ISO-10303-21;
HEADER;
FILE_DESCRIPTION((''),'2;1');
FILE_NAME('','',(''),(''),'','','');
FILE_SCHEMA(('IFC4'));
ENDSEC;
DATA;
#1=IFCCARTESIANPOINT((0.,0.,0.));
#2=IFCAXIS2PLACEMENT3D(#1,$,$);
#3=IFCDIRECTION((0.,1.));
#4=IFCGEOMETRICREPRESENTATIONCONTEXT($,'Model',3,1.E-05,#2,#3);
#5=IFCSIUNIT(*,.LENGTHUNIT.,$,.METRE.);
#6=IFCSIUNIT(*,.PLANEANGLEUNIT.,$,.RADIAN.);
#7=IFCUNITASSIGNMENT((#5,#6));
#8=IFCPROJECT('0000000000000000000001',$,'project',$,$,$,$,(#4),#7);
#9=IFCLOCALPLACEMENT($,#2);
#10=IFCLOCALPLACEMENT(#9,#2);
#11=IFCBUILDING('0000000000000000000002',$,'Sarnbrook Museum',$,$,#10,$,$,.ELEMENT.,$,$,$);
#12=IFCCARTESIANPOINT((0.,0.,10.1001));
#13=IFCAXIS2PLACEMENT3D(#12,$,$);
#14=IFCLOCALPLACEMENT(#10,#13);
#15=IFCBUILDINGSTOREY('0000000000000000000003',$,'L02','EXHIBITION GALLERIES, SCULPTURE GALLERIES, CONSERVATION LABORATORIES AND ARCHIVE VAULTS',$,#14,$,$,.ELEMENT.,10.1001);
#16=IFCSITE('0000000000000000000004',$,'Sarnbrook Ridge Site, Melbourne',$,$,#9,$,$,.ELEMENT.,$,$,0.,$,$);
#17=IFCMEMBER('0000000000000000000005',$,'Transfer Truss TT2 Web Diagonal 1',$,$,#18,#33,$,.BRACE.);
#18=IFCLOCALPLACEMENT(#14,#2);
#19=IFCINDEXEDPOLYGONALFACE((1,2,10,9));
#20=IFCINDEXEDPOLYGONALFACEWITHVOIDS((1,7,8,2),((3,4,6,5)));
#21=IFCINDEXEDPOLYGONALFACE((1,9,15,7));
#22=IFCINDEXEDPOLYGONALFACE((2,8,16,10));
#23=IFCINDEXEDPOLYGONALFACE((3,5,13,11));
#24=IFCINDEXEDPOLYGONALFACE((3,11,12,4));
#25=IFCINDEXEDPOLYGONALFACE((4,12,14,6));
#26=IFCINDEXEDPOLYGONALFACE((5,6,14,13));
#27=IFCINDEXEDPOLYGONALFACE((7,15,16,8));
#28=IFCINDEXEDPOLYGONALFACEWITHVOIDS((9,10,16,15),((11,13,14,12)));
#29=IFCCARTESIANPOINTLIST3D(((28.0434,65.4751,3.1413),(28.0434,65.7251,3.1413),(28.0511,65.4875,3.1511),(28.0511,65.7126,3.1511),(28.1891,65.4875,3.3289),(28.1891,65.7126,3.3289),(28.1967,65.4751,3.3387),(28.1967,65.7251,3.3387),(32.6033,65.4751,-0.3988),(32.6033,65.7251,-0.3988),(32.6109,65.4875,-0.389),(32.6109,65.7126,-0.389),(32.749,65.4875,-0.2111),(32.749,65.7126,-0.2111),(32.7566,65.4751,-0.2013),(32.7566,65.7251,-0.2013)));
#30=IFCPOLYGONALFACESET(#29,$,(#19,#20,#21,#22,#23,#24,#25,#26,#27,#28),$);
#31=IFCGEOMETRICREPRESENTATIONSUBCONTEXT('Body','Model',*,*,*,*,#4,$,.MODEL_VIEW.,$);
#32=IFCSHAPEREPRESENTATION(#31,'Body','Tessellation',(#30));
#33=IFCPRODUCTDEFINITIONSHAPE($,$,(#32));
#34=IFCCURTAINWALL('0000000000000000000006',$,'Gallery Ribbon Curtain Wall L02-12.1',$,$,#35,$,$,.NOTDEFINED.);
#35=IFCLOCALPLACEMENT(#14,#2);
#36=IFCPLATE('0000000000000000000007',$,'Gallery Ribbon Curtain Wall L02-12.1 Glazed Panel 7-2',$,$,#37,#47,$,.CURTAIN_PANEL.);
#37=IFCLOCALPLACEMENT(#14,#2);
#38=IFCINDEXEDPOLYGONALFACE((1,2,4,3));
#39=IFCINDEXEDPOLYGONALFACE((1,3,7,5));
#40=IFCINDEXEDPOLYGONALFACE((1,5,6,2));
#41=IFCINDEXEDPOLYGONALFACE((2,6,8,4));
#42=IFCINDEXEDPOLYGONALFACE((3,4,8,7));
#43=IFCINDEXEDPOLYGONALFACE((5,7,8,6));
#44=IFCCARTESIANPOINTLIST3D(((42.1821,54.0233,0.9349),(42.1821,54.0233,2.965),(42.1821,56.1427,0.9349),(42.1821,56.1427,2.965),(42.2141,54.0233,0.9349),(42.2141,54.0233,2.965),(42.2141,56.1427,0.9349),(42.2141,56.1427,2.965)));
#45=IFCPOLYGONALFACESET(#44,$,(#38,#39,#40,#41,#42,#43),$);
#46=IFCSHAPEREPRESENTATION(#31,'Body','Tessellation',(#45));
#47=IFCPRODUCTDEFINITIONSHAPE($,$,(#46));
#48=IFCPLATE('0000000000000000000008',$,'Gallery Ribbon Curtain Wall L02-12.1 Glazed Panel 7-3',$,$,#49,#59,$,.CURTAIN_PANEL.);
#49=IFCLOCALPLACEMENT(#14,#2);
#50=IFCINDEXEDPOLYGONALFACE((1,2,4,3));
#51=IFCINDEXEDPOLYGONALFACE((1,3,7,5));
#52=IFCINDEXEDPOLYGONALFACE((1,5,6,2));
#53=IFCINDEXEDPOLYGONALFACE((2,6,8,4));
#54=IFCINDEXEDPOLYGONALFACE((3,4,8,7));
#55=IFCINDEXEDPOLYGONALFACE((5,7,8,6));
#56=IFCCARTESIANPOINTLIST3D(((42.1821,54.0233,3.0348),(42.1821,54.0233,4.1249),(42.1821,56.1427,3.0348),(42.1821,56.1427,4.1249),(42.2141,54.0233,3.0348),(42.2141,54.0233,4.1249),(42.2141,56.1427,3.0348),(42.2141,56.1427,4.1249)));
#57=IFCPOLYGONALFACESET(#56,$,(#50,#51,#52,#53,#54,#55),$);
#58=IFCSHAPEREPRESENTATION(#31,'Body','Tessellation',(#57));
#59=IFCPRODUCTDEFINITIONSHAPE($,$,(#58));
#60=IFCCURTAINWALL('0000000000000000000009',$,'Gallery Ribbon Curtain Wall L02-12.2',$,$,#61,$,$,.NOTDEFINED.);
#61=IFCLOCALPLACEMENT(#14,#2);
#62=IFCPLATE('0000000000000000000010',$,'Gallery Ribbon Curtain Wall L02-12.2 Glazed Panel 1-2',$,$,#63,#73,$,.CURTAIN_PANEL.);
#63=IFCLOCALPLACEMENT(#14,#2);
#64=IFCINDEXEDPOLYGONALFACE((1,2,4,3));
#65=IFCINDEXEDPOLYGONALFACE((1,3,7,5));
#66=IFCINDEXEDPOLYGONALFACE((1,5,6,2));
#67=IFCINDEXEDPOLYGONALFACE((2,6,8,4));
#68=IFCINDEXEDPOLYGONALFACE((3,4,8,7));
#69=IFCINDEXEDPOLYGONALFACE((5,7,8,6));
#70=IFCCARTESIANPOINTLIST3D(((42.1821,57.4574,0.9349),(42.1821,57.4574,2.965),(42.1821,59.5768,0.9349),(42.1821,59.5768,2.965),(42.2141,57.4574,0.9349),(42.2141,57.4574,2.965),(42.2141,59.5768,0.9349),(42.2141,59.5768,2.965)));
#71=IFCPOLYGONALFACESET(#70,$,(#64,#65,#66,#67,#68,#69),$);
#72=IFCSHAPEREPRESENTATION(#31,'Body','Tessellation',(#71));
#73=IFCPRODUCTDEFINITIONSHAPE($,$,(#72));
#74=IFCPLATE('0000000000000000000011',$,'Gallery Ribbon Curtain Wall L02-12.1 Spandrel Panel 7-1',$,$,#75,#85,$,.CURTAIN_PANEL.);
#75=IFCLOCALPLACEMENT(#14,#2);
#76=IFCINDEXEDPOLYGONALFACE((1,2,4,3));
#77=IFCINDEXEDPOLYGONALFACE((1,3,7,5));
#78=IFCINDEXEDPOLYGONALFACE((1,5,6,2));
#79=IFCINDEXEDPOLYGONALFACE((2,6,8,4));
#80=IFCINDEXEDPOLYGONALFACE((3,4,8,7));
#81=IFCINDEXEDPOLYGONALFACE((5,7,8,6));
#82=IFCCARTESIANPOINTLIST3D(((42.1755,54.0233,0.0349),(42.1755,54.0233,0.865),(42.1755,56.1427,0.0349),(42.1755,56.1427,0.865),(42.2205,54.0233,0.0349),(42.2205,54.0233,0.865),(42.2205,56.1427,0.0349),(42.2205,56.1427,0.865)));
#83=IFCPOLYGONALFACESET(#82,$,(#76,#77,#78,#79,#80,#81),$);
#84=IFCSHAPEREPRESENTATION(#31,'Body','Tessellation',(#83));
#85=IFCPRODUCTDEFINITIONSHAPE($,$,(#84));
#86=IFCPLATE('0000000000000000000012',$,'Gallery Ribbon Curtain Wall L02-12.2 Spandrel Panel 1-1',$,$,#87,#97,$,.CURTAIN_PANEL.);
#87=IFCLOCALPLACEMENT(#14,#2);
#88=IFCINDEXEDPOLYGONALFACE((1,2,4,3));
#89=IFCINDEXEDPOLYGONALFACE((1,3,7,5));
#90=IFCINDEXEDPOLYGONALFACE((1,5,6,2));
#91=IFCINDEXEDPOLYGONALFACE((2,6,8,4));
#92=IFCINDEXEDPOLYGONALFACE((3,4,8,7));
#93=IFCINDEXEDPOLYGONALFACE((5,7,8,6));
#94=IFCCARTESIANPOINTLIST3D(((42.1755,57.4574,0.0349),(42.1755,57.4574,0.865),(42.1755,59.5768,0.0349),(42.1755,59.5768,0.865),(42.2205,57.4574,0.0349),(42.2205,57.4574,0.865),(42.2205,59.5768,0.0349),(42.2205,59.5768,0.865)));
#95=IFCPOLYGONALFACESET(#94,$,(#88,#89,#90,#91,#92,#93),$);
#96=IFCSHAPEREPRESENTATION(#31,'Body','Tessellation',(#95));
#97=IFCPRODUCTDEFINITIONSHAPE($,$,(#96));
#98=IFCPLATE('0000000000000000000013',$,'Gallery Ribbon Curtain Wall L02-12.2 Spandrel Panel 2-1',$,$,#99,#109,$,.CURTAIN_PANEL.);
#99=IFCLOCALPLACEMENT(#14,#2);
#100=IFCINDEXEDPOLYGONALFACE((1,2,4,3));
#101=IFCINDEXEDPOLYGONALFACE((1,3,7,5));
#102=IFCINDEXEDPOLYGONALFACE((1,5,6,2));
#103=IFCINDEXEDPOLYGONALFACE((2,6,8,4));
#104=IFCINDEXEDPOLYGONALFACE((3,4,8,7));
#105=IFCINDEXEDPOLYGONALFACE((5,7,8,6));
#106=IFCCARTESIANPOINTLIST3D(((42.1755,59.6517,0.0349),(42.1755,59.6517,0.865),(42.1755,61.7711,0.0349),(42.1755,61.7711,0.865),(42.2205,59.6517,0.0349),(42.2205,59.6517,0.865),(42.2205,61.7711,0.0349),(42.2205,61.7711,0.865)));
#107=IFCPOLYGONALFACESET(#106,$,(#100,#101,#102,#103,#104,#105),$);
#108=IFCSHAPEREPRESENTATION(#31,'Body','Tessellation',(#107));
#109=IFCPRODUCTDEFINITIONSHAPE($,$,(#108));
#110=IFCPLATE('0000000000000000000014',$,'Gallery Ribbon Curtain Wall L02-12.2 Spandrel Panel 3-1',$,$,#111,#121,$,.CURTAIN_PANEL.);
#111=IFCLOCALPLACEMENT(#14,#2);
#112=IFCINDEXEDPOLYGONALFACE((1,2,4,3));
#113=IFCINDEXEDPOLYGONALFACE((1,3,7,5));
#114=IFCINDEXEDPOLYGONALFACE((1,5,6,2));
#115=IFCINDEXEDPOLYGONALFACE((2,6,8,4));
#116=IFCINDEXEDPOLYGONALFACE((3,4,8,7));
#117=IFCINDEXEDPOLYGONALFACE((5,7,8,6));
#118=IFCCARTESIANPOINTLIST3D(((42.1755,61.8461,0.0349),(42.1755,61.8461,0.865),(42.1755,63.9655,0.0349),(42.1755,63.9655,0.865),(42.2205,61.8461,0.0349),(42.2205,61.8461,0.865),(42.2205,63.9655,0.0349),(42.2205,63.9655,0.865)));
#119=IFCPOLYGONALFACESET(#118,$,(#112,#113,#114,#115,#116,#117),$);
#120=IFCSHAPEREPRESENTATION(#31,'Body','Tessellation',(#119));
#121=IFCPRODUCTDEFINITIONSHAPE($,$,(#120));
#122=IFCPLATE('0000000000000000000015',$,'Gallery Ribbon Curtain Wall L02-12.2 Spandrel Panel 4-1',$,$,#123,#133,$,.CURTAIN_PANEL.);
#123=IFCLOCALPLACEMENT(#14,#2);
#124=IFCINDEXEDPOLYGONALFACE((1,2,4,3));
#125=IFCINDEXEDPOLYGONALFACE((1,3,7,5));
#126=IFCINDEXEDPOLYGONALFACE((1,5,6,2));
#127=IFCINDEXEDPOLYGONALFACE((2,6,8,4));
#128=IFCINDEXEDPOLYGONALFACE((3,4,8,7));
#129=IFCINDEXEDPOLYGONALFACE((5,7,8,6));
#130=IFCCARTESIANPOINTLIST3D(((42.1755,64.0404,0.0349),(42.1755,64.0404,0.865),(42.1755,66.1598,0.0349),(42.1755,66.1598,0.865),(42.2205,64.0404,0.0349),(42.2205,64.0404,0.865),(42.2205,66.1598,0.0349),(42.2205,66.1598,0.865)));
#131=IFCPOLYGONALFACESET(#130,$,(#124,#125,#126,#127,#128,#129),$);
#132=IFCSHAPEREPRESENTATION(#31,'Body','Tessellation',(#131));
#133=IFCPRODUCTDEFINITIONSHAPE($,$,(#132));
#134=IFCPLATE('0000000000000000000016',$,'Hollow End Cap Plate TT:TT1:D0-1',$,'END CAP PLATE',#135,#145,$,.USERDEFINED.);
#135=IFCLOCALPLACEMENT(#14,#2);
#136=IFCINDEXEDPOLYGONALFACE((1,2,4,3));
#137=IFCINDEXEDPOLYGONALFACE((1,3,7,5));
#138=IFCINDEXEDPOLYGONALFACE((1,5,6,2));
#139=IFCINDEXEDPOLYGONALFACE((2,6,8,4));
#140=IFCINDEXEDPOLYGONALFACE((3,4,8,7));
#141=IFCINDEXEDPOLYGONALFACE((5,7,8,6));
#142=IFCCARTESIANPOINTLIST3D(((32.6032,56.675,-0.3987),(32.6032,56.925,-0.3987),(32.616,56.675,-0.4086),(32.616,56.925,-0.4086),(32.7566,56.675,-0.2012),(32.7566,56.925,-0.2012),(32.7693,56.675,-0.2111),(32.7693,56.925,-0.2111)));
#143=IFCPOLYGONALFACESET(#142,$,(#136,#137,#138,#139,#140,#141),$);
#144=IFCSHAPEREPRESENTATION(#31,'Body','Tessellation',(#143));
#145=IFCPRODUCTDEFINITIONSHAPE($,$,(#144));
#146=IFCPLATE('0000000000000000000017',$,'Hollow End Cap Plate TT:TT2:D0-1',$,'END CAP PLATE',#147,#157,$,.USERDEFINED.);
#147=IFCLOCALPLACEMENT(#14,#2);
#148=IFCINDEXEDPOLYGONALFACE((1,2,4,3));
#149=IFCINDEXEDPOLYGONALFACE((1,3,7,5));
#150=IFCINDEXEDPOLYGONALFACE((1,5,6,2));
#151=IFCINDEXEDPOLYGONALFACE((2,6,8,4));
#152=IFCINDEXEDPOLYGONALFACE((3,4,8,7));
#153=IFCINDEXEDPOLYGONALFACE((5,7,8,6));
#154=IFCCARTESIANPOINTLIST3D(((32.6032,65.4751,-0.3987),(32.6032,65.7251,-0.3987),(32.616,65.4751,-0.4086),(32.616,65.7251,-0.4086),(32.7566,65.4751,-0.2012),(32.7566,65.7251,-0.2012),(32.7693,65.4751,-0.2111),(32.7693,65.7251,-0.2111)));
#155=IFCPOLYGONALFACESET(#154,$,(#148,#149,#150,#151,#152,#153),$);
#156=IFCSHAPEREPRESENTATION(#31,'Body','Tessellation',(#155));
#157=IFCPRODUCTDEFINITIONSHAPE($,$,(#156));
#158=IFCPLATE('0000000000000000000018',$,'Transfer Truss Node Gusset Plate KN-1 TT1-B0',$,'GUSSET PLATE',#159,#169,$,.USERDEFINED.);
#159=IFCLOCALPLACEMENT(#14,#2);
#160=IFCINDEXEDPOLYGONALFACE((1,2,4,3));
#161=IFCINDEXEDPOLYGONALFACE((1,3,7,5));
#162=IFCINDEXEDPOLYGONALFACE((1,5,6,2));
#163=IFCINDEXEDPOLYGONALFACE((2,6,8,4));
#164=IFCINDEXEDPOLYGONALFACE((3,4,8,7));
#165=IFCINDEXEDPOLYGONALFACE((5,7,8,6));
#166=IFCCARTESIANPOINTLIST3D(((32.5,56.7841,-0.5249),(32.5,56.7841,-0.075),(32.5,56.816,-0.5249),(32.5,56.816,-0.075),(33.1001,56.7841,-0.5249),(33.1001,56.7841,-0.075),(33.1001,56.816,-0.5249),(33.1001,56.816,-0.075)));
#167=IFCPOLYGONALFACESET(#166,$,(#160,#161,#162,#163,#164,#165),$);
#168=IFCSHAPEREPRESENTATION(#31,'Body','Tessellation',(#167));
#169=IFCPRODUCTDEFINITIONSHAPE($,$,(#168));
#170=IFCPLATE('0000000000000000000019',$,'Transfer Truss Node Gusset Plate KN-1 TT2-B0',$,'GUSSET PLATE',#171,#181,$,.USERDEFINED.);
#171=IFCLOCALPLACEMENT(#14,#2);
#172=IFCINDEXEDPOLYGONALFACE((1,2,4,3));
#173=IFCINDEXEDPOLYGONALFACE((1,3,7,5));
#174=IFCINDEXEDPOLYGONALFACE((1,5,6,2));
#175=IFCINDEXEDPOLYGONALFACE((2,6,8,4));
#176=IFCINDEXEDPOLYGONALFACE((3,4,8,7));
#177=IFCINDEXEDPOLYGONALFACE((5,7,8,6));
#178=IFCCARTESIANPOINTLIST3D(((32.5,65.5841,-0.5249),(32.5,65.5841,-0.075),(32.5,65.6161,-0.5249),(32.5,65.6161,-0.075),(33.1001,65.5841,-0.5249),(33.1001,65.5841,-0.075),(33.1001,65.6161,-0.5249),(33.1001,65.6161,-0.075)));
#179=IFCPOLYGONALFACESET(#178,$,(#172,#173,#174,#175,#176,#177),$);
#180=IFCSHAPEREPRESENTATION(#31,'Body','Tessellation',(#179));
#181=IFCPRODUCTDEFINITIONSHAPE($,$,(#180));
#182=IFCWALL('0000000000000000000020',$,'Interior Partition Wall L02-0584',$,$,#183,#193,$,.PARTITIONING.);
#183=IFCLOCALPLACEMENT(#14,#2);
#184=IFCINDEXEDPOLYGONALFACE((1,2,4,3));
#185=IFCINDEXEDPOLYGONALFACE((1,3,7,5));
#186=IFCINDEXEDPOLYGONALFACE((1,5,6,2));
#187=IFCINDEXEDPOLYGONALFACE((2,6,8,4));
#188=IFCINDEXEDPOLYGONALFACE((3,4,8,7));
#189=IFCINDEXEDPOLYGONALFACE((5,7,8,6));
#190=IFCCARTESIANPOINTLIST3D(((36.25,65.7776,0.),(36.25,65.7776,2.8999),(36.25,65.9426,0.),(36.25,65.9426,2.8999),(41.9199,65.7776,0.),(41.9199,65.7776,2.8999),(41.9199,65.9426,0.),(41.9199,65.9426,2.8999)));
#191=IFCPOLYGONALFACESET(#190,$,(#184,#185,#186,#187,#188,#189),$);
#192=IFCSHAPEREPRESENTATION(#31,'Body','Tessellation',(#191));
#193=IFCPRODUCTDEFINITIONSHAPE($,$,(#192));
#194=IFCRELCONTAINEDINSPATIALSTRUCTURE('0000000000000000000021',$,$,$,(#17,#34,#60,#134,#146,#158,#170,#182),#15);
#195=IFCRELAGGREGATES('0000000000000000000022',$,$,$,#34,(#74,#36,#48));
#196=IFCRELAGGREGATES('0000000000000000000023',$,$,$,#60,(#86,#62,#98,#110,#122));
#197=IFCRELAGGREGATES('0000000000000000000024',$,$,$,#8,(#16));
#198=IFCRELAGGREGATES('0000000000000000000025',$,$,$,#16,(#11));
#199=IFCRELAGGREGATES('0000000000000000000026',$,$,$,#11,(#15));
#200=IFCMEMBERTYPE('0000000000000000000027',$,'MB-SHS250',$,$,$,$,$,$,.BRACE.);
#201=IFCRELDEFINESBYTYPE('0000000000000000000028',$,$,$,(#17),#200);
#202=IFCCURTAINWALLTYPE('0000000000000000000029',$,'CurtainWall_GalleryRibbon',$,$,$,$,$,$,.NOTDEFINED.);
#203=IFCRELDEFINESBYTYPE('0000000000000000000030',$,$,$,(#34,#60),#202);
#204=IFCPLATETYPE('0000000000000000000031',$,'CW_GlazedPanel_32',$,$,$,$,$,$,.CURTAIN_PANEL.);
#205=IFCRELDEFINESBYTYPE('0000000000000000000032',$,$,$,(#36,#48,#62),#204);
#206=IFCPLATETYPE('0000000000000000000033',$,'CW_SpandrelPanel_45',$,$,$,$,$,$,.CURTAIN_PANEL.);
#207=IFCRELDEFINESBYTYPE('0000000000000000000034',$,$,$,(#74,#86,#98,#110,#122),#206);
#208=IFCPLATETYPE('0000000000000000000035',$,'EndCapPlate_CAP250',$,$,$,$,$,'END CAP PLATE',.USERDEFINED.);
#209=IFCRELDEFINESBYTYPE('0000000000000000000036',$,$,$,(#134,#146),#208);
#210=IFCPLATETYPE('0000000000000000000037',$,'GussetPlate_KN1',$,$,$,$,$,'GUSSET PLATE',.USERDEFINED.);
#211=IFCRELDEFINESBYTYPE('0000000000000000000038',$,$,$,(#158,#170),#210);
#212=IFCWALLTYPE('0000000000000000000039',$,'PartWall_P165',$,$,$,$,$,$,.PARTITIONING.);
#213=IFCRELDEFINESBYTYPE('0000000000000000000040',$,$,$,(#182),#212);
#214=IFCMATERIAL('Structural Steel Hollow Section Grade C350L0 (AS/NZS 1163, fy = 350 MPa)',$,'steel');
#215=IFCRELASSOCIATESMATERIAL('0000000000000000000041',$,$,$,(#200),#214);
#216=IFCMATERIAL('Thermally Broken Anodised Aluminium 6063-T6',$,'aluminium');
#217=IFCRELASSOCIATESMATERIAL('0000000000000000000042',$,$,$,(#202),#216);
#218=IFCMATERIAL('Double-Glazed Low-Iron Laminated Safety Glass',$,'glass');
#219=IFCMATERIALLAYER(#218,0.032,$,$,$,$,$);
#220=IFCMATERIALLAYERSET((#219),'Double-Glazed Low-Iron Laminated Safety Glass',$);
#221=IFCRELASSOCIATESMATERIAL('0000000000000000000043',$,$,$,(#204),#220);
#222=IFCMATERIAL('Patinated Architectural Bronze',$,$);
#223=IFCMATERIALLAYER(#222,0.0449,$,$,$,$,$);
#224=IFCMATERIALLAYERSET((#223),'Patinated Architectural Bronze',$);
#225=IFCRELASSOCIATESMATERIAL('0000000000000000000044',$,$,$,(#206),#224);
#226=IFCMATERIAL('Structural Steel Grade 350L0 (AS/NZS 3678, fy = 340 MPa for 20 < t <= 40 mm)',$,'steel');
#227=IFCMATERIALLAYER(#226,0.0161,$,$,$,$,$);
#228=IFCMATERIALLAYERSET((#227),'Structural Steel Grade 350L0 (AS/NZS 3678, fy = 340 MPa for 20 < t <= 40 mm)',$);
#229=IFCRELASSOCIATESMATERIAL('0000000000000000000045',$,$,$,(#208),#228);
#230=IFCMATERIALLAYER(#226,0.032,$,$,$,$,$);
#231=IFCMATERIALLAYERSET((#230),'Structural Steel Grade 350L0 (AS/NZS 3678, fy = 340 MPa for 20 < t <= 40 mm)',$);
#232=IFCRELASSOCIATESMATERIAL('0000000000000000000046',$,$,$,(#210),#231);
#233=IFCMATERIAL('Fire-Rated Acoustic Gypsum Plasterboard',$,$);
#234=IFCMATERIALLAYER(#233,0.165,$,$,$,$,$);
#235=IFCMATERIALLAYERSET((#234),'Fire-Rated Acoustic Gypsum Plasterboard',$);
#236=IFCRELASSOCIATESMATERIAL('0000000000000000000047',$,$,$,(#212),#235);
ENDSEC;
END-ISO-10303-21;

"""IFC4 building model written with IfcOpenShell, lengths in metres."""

from ifc_helpers import new_model, si_unit, direction, frame, frame_2d, origin, origin_2d, place, context, subcontext, project, spatial, rectangle, hollow_rectangle, extrude, material, layer, layer_set, material_profile, profile_set, type_object, element, aggregate, save


model = new_model("IFC4")

# Units and contexts
model_context = context("Model", 3, precision=1e-05, world=origin(), true_north=direction((0.0, 1.0)))
body_context = subcontext(model_context, "Body", "Model", "MODEL_VIEW")
ifc_project = project(units=[si_unit("LENGTHUNIT", "METRE"), si_unit("PLANEANGLEUNIT", "RADIAN")], contexts=[model_context])

# Site, building, storey
site_placement = place(None, origin())
site = spatial("IfcSite", under=ifc_project, at=site_placement, Name="Sarnbrook Ridge Site, Melbourne", CompositionType="ELEMENT", RefElevation=0.0)
building_placement = place(site_placement, origin())
building = spatial("IfcBuilding", under=site, at=building_placement, Name="Sarnbrook Museum", CompositionType="ELEMENT")
storey_placement = place(building_placement, frame((0.0, 0.0, 10.1001)))
storey = spatial("IfcBuildingStorey", under=building, at=storey_placement, Name="L02", Description="EXHIBITION GALLERIES, SCULPTURE GALLERIES, CONSERVATION LABORATORIES AND ARCHIVE VAULTS", CompositionType="ELEMENT", Elevation=10.1001)

# Member
ifc_material_1 = material(Name="Structural Steel Hollow Section Grade C350L0 (AS/NZS 1163, fy = 350 MPa)", Category="steel")
ifc_material_profile_1 = material_profile(ifc_material_1, hollow_rectangle(XDim=0.25, YDim=0.25, WallThickness=0.0125, at=origin_2d()), Name="250x250x12.5SHS")
ifc_profile_set_1 = profile_set([ifc_material_profile_1], Name="Structural Steel Hollow Section Grade C350L0 (AS/NZS 1163, fy = 350 MPa)")
member_type = type_object("IfcMemberType", Name="MB-SHS250", PredefinedType="BRACE", material=ifc_profile_set_1)
member_placement = place(storey_placement, frame((32.6799, 65.6001, -0.3), z_axis=(-0.789896, 0.0, 0.613241), x_axis=(0.0, -1.0, 0.0)))
element("IfcMember", 1, at=member_placement, inside=storey, type_object=member_type, Name="Transfer Truss TT2 Web Diagonal 1", PredefinedType="BRACE", context=body_context, shape_type="SweptSolid", body=[
    extrude(hollow_rectangle(XDim=0.25, YDim=0.25, WallThickness=0.0125, at=origin_2d()), origin(), (0.0, 0.0, 1.0), 5.7727),
])

# Curtain wall, plates
ifc_material_2 = material(Name="Thermally Broken Anodised Aluminium 6063-T6", Category="aluminium")
curtain_wall_type = type_object("IfcCurtainWallType", Name="CurtainWall_GalleryRibbon", PredefinedType="NOTDEFINED", material=ifc_material_2)
curtain_wall_1_placement = place(storey_placement, origin())
curtain_wall_1 = element("IfcCurtainWall", 2, at=curtain_wall_1_placement, inside=storey, type_object=curtain_wall_type, Name="Gallery Ribbon Curtain Wall L02-12.1", PredefinedType="NOTDEFINED")
ifc_material_3 = material(Name="Double-Glazed Low-Iron Laminated Safety Glass", Category="glass")
ifc_layer_1 = layer(ifc_material_3, 0.032)
ifc_layer_set_1 = layer_set([ifc_layer_1], Name="Double-Glazed Low-Iron Laminated Safety Glass")
plate_type_1 = type_object("IfcPlateType", Name="CW_GlazedPanel_32", PredefinedType="CURTAIN_PANEL", material=ifc_layer_set_1)
plate_1_placement = place(storey_placement, frame((42.1821, 55.083, 1.95), z_axis=(1.0, 0.0, 0.0), x_axis=(0.0, 1.0, 0.0)))
plate_1 = element("IfcPlate", 3, at=plate_1_placement, type_object=plate_type_1, Name="Gallery Ribbon Curtain Wall L02-12.1 Glazed Panel 7-2", PredefinedType="CURTAIN_PANEL", context=body_context, shape_type="SweptSolid", body=[
    extrude(rectangle(XDim=2.1194, YDim=2.03, at=origin_2d()), origin(), (0.0, 0.0, 1.0), 0.032),
])
plate_2_placement = place(storey_placement, frame((42.1821, 55.083, 3.5798), z_axis=(1.0, 0.0, 0.0), x_axis=(0.0, 1.0, 0.0)))
plate_2 = element("IfcPlate", 4, at=plate_2_placement, type_object=plate_type_1, Name="Gallery Ribbon Curtain Wall L02-12.1 Glazed Panel 7-3", PredefinedType="CURTAIN_PANEL", context=body_context, shape_type="SweptSolid", body=[
    extrude(rectangle(XDim=2.1194, YDim=1.0901, at=origin_2d()), origin(), (0.0, 0.0, 1.0), 0.032),
])

# Curtain wall, plate
curtain_wall_2_placement = place(storey_placement, origin())
curtain_wall_2 = element("IfcCurtainWall", 5, at=curtain_wall_2_placement, inside=storey, type_object=curtain_wall_type, Name="Gallery Ribbon Curtain Wall L02-12.2", PredefinedType="NOTDEFINED")
plate_3_placement = place(storey_placement, frame((42.1821, 58.5171, 1.95), z_axis=(1.0, 0.0, 0.0), x_axis=(0.0, 1.0, 0.0)))
plate_3 = element("IfcPlate", 6, at=plate_3_placement, type_object=plate_type_1, Name="Gallery Ribbon Curtain Wall L02-12.2 Glazed Panel 1-2", PredefinedType="CURTAIN_PANEL", context=body_context, shape_type="SweptSolid", body=[
    extrude(rectangle(XDim=2.1194, YDim=2.03, at=origin_2d()), origin(), (0.0, 0.0, 1.0), 0.032),
])

# Plates
ifc_material_4 = material(Name="Patinated Architectural Bronze")
ifc_layer_2 = layer(ifc_material_4, 0.0449)
ifc_layer_set_2 = layer_set([ifc_layer_2], Name="Patinated Architectural Bronze")
plate_type_2 = type_object("IfcPlateType", Name="CW_SpandrelPanel_45", PredefinedType="CURTAIN_PANEL", material=ifc_layer_set_2)
plate_4_placement = place(storey_placement, frame((42.1755, 55.083, 0.45), z_axis=(1.0, 0.0, 0.0), x_axis=(0.0, 1.0, 0.0)))
plate_4 = element("IfcPlate", 7, at=plate_4_placement, type_object=plate_type_2, Name="Gallery Ribbon Curtain Wall L02-12.1 Spandrel Panel 7-1", PredefinedType="CURTAIN_PANEL", context=body_context, shape_type="SweptSolid", body=[
    extrude(rectangle(XDim=2.1194, YDim=0.8301, at=origin_2d()), origin(), (0.0, 0.0, 1.0), 0.0449),
])
aggregate(curtain_wall_1, [plate_4, plate_1, plate_2])
plate_5_placement = place(storey_placement, frame((42.1755, 58.5171, 0.45), z_axis=(1.0, 0.0, 0.0), x_axis=(0.0, 1.0, 0.0)))
plate_5 = element("IfcPlate", 8, at=plate_5_placement, type_object=plate_type_2, Name="Gallery Ribbon Curtain Wall L02-12.2 Spandrel Panel 1-1", PredefinedType="CURTAIN_PANEL", context=body_context, shape_type="SweptSolid", body=[
    extrude(rectangle(XDim=2.1194, YDim=0.8301, at=origin_2d()), origin(), (0.0, 0.0, 1.0), 0.0449),
])
plate_6_placement = place(storey_placement, frame((42.1755, 60.7114, 0.45), z_axis=(1.0, 0.0, 0.0), x_axis=(0.0, 1.0, 0.0)))
plate_6 = element("IfcPlate", 9, at=plate_6_placement, type_object=plate_type_2, Name="Gallery Ribbon Curtain Wall L02-12.2 Spandrel Panel 2-1", PredefinedType="CURTAIN_PANEL", context=body_context, shape_type="SweptSolid", body=[
    extrude(rectangle(XDim=2.1194, YDim=0.8301, at=origin_2d()), origin(), (0.0, 0.0, 1.0), 0.0449),
])
plate_7_placement = place(storey_placement, frame((42.1755, 62.9058, 0.45), z_axis=(1.0, 0.0, 0.0), x_axis=(0.0, 1.0, 0.0)))
plate_7 = element("IfcPlate", 10, at=plate_7_placement, type_object=plate_type_2, Name="Gallery Ribbon Curtain Wall L02-12.2 Spandrel Panel 3-1", PredefinedType="CURTAIN_PANEL", context=body_context, shape_type="SweptSolid", body=[
    extrude(rectangle(XDim=2.1194, YDim=0.8301, at=origin_2d()), origin(), (0.0, 0.0, 1.0), 0.0449),
])
plate_8_placement = place(storey_placement, frame((42.1755, 65.1001, 0.45), z_axis=(1.0, 0.0, 0.0), x_axis=(0.0, 1.0, 0.0)))
plate_8 = element("IfcPlate", 11, at=plate_8_placement, type_object=plate_type_2, Name="Gallery Ribbon Curtain Wall L02-12.2 Spandrel Panel 4-1", PredefinedType="CURTAIN_PANEL", context=body_context, shape_type="SweptSolid", body=[
    extrude(rectangle(XDim=2.1194, YDim=0.8301, at=origin_2d()), origin(), (0.0, 0.0, 1.0), 0.0449),
])
aggregate(curtain_wall_2, [plate_5, plate_3, plate_6, plate_7, plate_8])

# Plates
ifc_material_5 = material(Name="Structural Steel Grade 350L0 (AS/NZS 3678, fy = 340 MPa for 20 < t <= 40 mm)", Category="steel")
ifc_layer_3 = layer(ifc_material_5, 0.0161)
ifc_layer_set_3 = layer_set([ifc_layer_3], Name="Structural Steel Grade 350L0 (AS/NZS 3678, fy = 340 MPa for 20 < t <= 40 mm)")
plate_type_3 = type_object("IfcPlateType", Name="EndCapPlate_CAP250", ElementType="END CAP PLATE", PredefinedType="USERDEFINED", material=ifc_layer_set_3)
for number, where, z_axis, x_axis, name in (
    (12, (32.6926, 56.8, -0.3098), (-0.789912, 0.0, 0.613221), (0.0, -1.0, 0.0), "Hollow End Cap Plate TT:TT1:D0-1"),
    (13, (32.6926, 65.6001, -0.3098), (-0.789912, 0.0, 0.613221), (0.0, -1.0, 0.0), "Hollow End Cap Plate TT:TT2:D0-1"),
):
    element("IfcPlate", number, at=place(storey_placement, frame(where, z_axis=z_axis, x_axis=x_axis)), inside=storey, type_object=plate_type_3, Name=name, ObjectType="END CAP PLATE", PredefinedType="USERDEFINED", context=body_context, shape_type="SweptSolid", body=[
        extrude(rectangle(XDim=0.25, YDim=0.25, at=origin_2d()), origin(), (0.0, 0.0, 1.0), 0.0161),
    ])
ifc_layer_4 = layer(ifc_material_5, 0.032)
ifc_layer_set_4 = layer_set([ifc_layer_4], Name="Structural Steel Grade 350L0 (AS/NZS 3678, fy = 340 MPa for 20 < t <= 40 mm)")
plate_type_4 = type_object("IfcPlateType", Name="GussetPlate_KN1", ElementType="GUSSET PLATE", PredefinedType="USERDEFINED", material=ifc_layer_set_4)
for number, where, z_axis, x_axis, name in (
    (14, (32.8, 56.8, -0.5249), (0.0, 0.0, 1.0), (1.0, 0.0, 0.0), "Transfer Truss Node Gusset Plate KN-1 TT1-B0"),
    (15, (32.8, 65.6001, -0.5249), (0.0, 0.0, 1.0), (1.0, 0.0, 0.0), "Transfer Truss Node Gusset Plate KN-1 TT2-B0"),
):
    element("IfcPlate", number, at=place(storey_placement, frame(where, z_axis=z_axis, x_axis=x_axis)), inside=storey, type_object=plate_type_4, Name=name, ObjectType="GUSSET PLATE", PredefinedType="USERDEFINED", context=body_context, shape_type="SweptSolid", body=[
        extrude(rectangle(XDim=0.6001, YDim=0.032, at=origin_2d()), origin(), (0.0, 0.0, 1.0), 0.45),
    ])

# Wall
ifc_material_6 = material(Name="Fire-Rated Acoustic Gypsum Plasterboard")
ifc_layer_5 = layer(ifc_material_6, 0.165)
ifc_layer_set_5 = layer_set([ifc_layer_5], Name="Fire-Rated Acoustic Gypsum Plasterboard")
wall_type_1 = type_object("IfcWallType", Name="PartWall_P165", PredefinedType="PARTITIONING", material=ifc_layer_set_5)
wall_1_placement = place(storey_placement, frame((36.25, 65.8601, 0.0), z_axis=(0.0, 0.0, 1.0), x_axis=(1.0, 0.0, 0.0)))
element("IfcWall", 16, at=wall_1_placement, inside=storey, type_object=wall_type_1, Name="Interior Partition Wall L02-0584", PredefinedType="PARTITIONING", context=body_context, shape_type="SweptSolid", body=[
    extrude(rectangle(XDim=5.6699, YDim=0.165, at=frame_2d((2.835, 0.0))), origin(), (0.0, 0.0, 1.0), 2.8999),
])

save(model, "model.ifc")
